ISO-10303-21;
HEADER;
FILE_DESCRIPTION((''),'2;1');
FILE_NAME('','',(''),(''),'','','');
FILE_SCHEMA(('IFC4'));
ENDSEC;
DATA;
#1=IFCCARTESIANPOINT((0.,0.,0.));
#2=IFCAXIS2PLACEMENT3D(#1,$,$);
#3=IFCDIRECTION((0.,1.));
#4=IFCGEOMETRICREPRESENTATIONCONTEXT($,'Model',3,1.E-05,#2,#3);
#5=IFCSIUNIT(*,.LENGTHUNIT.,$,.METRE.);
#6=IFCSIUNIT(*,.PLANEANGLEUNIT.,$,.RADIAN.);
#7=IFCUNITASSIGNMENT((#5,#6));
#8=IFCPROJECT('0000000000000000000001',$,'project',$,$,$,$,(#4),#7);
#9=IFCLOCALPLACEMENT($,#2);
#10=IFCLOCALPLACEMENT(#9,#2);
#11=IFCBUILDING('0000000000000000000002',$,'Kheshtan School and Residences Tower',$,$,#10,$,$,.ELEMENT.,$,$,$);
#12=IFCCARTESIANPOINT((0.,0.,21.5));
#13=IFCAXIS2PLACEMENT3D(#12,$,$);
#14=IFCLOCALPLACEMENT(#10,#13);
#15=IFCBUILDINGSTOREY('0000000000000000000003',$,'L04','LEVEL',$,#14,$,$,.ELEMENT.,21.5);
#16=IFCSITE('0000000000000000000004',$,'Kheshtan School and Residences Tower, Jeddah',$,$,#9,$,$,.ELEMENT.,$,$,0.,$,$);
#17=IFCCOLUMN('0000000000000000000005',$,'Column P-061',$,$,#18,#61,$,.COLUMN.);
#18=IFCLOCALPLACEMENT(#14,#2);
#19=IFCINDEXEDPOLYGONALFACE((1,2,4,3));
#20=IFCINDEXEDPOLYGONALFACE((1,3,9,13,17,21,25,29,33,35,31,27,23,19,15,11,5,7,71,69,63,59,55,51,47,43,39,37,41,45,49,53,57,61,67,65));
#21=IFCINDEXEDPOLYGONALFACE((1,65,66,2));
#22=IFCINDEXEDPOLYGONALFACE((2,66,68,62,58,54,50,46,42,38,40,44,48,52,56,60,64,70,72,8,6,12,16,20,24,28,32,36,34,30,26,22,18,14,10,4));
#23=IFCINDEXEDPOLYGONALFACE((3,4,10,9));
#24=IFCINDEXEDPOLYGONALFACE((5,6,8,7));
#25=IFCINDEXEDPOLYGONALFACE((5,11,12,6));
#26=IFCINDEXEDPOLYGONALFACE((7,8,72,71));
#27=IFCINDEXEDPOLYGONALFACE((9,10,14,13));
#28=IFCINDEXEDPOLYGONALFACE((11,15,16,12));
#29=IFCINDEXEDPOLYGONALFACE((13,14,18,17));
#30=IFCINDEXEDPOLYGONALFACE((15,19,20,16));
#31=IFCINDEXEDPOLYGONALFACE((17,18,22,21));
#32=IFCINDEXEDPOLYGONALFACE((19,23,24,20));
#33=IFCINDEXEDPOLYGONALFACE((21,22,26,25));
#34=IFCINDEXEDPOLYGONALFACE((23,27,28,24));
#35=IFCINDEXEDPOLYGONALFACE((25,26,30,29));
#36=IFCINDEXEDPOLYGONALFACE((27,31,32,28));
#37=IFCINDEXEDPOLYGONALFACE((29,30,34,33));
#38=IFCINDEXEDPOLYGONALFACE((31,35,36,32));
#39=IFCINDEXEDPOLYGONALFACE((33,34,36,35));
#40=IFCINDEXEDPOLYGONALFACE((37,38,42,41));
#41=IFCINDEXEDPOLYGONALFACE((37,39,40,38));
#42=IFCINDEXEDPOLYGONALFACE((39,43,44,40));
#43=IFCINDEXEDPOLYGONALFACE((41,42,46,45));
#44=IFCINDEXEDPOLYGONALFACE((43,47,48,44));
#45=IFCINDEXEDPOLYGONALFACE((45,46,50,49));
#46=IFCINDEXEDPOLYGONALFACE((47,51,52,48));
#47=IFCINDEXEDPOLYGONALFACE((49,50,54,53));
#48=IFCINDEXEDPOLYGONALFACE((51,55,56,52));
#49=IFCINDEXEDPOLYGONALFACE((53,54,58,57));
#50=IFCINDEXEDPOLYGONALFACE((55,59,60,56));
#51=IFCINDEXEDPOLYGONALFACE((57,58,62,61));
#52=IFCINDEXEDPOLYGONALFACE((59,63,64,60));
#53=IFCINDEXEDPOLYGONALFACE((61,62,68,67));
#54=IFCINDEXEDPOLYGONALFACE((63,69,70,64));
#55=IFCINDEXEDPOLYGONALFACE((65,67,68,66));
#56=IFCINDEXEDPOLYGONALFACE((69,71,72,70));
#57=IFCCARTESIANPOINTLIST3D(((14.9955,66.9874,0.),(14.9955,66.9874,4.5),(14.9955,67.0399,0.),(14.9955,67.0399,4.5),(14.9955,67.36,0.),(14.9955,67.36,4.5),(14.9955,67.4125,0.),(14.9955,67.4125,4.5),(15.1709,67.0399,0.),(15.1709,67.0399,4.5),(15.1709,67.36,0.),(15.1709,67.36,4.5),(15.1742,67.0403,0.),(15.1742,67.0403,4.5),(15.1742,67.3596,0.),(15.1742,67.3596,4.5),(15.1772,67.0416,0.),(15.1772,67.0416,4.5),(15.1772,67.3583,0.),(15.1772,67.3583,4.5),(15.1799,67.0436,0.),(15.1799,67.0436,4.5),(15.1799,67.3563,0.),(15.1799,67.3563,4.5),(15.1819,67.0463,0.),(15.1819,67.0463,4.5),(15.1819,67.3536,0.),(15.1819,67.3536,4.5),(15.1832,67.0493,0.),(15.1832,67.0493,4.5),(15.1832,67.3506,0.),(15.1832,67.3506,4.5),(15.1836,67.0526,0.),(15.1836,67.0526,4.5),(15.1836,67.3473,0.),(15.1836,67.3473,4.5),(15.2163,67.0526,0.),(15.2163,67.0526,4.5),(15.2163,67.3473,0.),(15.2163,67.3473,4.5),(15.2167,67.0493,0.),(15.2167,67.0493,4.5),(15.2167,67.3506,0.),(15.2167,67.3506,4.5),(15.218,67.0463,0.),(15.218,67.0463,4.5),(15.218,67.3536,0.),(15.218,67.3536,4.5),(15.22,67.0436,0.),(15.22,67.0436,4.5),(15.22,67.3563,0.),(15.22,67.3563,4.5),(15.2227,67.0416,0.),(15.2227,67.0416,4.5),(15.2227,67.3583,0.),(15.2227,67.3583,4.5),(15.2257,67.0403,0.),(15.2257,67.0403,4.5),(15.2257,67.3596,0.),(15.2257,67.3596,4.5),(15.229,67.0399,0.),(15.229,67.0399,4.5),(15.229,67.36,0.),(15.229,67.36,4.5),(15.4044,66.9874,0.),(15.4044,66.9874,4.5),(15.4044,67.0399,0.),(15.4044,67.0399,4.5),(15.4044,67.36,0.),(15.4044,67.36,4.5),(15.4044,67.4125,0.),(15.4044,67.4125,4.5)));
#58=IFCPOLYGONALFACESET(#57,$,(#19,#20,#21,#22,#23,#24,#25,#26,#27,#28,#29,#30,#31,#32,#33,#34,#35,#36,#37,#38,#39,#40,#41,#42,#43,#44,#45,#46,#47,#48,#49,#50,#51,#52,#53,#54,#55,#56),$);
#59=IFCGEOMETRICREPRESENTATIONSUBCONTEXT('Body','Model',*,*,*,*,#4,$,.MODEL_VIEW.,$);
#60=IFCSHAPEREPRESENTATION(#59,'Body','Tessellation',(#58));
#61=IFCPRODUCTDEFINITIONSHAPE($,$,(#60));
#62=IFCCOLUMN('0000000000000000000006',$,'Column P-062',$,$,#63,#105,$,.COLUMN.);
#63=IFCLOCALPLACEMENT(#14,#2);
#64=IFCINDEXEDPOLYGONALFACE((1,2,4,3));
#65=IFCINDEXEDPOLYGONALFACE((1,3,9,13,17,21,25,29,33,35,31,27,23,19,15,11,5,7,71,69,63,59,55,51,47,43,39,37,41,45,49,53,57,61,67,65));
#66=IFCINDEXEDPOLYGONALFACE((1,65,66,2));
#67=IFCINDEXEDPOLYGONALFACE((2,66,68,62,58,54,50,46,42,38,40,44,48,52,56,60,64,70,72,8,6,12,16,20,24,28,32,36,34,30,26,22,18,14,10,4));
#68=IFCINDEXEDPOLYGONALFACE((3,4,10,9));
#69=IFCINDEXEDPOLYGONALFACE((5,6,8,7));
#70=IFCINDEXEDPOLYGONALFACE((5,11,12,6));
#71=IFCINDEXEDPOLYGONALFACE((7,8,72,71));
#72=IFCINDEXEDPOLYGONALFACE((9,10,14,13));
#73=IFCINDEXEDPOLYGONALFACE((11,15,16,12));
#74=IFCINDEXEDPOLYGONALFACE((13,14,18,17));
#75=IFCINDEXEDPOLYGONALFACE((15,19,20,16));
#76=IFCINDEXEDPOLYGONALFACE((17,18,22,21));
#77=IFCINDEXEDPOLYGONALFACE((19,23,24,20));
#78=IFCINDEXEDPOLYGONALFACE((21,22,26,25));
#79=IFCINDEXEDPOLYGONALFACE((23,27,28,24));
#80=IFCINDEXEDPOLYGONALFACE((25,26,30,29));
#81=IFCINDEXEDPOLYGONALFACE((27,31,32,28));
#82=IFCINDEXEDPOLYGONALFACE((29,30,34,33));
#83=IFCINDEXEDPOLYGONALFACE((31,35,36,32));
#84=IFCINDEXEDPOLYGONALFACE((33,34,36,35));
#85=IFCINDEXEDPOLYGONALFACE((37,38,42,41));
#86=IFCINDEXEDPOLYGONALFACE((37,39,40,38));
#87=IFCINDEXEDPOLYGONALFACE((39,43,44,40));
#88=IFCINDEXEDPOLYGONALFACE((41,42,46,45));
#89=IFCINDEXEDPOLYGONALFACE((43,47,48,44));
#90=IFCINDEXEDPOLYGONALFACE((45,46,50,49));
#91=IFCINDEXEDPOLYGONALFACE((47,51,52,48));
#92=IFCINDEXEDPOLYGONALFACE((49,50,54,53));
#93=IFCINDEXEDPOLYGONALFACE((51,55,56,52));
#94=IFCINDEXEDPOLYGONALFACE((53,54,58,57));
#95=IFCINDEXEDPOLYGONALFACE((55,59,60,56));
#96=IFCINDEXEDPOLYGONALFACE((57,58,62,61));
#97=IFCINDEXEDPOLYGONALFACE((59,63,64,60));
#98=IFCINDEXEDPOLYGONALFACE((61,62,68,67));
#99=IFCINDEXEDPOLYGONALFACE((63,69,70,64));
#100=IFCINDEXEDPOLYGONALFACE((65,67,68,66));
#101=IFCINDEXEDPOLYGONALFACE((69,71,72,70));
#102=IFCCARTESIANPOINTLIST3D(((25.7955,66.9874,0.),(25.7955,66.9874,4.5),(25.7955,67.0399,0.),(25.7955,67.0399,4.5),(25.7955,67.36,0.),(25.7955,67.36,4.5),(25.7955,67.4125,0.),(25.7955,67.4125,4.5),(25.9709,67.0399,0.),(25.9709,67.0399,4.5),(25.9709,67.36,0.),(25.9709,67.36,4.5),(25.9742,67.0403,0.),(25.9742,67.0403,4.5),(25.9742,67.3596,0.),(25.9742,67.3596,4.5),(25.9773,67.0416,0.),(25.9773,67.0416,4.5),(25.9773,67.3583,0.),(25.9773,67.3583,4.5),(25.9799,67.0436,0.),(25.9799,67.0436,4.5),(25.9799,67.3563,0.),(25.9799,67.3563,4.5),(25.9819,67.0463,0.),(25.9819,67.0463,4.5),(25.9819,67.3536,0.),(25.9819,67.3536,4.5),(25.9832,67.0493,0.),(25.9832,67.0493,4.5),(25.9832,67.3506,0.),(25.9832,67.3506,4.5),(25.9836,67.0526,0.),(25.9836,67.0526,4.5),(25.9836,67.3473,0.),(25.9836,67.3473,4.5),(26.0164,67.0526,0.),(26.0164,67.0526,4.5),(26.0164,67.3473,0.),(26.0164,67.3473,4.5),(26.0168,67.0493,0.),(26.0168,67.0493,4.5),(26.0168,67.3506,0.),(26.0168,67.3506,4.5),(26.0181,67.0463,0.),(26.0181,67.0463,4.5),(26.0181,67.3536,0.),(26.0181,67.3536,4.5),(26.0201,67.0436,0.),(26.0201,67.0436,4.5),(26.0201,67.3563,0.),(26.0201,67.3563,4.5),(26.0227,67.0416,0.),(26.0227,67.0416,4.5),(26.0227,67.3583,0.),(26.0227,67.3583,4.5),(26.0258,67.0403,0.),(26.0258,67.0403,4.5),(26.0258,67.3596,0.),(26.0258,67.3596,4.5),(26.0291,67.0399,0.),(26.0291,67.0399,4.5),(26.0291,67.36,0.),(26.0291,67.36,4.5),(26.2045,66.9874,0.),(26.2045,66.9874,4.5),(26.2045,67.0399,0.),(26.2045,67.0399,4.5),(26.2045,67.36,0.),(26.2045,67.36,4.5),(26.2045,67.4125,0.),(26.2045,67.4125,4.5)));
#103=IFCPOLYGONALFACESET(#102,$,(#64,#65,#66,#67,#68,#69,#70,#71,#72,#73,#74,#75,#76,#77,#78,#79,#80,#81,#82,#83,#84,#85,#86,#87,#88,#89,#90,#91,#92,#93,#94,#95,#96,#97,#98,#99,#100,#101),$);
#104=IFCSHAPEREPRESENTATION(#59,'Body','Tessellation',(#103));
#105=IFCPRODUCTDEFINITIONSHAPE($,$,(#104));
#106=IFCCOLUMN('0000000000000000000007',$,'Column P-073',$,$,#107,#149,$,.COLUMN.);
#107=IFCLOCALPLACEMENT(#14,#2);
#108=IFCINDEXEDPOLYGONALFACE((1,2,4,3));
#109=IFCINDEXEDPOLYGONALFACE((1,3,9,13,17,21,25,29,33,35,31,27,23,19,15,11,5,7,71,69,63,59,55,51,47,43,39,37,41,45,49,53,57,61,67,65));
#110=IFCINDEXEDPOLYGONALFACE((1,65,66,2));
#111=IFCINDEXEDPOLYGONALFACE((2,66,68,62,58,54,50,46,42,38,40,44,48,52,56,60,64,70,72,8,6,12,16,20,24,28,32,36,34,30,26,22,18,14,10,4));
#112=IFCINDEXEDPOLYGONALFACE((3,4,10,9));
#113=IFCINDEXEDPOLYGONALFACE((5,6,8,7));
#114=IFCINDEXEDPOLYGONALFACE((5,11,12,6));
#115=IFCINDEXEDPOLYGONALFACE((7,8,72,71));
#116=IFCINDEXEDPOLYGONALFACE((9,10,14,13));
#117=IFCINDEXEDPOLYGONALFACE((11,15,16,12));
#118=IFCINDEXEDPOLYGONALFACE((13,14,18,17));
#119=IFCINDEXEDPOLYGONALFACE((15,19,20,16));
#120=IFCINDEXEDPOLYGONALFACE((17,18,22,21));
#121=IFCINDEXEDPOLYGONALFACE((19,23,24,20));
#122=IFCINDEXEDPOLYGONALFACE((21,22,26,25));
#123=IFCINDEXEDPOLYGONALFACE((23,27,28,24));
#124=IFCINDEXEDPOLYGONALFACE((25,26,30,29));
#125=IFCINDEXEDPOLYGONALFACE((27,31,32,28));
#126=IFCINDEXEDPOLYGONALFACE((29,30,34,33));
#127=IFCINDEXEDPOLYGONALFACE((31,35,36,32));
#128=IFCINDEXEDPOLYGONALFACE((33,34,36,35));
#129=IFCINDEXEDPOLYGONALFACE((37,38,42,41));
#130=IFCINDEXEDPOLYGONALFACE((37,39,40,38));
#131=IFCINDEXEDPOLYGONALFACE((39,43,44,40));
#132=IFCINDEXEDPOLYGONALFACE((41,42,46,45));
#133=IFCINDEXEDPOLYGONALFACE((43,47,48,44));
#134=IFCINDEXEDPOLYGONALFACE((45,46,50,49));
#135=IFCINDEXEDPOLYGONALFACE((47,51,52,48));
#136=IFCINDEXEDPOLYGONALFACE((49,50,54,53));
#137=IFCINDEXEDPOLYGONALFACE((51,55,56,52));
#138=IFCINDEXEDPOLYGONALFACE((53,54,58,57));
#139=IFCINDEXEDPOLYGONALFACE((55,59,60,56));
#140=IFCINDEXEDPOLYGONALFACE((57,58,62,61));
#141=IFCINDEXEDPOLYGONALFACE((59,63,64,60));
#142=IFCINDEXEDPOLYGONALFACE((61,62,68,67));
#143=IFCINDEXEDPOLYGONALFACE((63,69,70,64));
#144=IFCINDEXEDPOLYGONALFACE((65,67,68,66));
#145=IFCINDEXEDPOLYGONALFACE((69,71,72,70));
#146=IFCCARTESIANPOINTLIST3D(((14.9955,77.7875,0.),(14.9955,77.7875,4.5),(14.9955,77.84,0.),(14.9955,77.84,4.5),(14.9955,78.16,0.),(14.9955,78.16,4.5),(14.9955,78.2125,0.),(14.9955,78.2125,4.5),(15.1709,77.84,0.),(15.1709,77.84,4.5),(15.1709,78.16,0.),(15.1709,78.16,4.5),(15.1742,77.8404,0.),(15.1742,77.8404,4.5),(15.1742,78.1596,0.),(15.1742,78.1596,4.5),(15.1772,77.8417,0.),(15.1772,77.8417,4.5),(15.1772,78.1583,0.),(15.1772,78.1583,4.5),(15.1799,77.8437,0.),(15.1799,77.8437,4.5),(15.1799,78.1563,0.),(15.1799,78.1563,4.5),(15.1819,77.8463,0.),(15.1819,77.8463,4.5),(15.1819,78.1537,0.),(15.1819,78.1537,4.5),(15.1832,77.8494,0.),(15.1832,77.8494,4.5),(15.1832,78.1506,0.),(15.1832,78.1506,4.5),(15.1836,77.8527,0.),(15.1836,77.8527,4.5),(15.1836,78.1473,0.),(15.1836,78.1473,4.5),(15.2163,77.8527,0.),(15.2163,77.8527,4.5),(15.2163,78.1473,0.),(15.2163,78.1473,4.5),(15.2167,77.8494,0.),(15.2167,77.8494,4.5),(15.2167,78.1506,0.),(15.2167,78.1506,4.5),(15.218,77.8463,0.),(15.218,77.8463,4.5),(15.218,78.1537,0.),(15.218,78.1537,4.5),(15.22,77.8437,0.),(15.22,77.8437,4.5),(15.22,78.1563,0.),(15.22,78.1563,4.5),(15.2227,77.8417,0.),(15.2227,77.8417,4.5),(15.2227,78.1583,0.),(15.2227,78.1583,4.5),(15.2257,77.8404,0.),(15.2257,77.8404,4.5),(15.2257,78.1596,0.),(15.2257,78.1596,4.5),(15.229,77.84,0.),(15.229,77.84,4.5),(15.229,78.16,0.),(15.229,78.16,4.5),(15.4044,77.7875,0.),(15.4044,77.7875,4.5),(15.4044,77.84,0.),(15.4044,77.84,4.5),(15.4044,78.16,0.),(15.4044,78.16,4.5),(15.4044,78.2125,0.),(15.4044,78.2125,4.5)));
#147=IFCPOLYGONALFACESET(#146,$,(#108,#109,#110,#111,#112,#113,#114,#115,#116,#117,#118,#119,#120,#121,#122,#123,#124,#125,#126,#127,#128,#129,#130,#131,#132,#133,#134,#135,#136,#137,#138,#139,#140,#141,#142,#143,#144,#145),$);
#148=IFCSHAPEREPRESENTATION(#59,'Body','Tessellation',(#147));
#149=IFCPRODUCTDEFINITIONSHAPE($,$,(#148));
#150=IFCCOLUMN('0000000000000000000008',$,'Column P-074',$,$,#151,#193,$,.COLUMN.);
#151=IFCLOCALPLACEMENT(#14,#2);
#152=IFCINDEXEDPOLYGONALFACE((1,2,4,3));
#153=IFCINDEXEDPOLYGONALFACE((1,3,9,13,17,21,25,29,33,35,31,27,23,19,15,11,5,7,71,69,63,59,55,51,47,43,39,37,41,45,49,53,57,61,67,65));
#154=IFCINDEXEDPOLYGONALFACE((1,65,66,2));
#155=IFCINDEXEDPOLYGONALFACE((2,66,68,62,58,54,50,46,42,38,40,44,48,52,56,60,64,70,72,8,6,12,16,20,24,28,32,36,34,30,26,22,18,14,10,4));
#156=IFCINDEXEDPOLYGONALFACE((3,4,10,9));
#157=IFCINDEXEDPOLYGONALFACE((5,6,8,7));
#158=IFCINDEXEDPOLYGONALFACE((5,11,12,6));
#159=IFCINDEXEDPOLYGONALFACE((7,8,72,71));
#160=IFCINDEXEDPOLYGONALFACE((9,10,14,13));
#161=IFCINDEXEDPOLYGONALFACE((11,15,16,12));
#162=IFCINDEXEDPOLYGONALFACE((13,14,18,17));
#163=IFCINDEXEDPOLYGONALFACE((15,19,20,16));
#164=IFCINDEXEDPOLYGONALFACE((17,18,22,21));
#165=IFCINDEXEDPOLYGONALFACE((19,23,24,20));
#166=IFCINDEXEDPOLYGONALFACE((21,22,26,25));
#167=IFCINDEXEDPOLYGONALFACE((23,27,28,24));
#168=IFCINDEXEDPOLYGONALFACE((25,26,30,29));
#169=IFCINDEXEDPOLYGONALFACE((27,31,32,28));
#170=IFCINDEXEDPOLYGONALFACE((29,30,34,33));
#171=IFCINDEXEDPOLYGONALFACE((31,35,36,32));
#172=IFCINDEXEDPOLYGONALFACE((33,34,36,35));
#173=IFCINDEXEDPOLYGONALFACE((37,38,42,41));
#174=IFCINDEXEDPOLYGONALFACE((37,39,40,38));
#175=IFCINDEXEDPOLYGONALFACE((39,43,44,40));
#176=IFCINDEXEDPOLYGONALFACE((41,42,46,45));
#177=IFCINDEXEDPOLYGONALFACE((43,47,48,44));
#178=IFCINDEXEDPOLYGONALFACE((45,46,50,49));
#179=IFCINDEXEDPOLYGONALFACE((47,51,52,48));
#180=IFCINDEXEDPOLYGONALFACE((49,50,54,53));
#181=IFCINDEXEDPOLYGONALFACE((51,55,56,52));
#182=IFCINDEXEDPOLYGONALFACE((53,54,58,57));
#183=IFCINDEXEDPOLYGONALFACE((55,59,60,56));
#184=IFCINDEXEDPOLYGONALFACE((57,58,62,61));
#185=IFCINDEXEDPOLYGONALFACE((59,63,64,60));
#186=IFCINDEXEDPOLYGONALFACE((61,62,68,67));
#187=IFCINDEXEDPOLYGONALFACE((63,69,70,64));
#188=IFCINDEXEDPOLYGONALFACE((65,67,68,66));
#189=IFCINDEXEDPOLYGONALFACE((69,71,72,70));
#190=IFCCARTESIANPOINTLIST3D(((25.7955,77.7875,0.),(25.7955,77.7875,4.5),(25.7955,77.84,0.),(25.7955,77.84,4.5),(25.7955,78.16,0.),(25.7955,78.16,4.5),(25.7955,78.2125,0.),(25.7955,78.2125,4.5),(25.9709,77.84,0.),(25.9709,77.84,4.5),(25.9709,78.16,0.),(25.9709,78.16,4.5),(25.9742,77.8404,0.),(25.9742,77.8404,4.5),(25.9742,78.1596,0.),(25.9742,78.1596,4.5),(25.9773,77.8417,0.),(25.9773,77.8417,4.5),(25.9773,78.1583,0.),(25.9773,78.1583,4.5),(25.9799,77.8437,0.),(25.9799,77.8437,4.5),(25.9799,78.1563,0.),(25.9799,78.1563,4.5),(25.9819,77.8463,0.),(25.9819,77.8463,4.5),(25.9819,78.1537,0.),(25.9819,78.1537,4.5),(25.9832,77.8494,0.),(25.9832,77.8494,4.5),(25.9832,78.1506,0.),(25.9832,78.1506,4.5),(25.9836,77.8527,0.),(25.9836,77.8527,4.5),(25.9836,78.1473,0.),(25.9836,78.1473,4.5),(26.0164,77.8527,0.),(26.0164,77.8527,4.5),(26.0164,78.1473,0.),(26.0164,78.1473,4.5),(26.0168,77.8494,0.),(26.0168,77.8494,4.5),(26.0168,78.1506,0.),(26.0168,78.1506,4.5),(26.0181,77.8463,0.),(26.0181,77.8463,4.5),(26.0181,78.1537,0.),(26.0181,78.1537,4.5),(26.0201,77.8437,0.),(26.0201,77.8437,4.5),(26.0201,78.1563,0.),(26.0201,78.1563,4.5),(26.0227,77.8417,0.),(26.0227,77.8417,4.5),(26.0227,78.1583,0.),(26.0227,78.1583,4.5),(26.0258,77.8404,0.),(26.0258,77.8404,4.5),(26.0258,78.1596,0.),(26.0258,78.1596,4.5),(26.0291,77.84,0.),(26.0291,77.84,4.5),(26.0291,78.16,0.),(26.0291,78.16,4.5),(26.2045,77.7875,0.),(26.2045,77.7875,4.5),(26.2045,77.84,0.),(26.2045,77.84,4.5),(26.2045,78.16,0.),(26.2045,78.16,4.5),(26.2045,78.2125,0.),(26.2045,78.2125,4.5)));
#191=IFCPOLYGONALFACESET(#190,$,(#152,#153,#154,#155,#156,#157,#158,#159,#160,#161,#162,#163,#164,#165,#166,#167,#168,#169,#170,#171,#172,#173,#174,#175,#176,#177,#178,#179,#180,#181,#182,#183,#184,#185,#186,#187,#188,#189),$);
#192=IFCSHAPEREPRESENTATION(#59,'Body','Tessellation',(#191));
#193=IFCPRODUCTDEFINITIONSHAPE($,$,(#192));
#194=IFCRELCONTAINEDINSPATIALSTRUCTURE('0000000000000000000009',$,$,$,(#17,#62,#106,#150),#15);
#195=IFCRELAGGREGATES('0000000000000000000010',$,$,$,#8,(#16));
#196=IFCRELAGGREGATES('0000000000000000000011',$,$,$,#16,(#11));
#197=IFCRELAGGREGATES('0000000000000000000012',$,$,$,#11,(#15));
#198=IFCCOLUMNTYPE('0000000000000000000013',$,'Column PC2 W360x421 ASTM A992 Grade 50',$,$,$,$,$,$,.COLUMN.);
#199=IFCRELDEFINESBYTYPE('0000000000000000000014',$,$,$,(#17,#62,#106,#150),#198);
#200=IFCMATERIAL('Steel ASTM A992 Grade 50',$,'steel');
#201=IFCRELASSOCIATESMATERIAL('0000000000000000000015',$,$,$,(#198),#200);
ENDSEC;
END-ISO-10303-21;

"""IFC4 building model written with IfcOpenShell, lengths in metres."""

from ifc_helpers import new_model, si_unit, direction, frame, origin, origin_2d, place, context, subcontext, project, spatial, i_section, extrude, material, material_profile, profile_set, type_object, element, save


model = new_model("IFC4")

# Units and contexts
model_context = context("Model", 3, precision=1e-05, world=origin(), true_north=direction((0.0, 1.0)))
body_context = subcontext(model_context, "Body", "Model", "MODEL_VIEW")
ifc_project = project(units=[si_unit("LENGTHUNIT", "METRE"), si_unit("PLANEANGLEUNIT", "RADIAN")], contexts=[model_context])

# Site, building, storey
site_placement = place(None, origin())
site = spatial("IfcSite", under=ifc_project, at=site_placement, Name="Kheshtan School and Residences Tower, Jeddah", CompositionType="ELEMENT", RefElevation=0.0)
building_placement = place(site_placement, origin())
building = spatial("IfcBuilding", under=site, at=building_placement, Name="Kheshtan School and Residences Tower", CompositionType="ELEMENT")
storey_placement = place(building_placement, frame((0.0, 0.0, 21.5)))
storey = spatial("IfcBuildingStorey", under=building, at=storey_placement, Name="L04", Description="LEVEL", CompositionType="ELEMENT", Elevation=21.5)

# Columns
ifc_material_1 = material(Name="Steel ASTM A992 Grade 50", Category="steel")
ifc_material_profile_1 = material_profile(ifc_material_1, i_section(OverallWidth=0.4089, OverallDepth=0.425, WebThickness=0.0327, FlangeThickness=0.0525, FilletRadius=0.0127, at=origin_2d()), Name="W360x421")
ifc_profile_set_1 = profile_set([ifc_material_profile_1], Name="Steel ASTM A992 Grade 50")
column_type = type_object("IfcColumnType", Name="Column PC2 W360x421 ASTM A992 Grade 50", PredefinedType="COLUMN", material=ifc_profile_set_1)
for number, where, z_axis, x_axis, name in (
    (1, (15.2, 67.2, 0.0), (0.0, 0.0, 1.0), (1.0, 0.0, 0.0), "Column P-061"),
    (2, (26.0, 67.2, 0.0), (0.0, 0.0, 1.0), (1.0, 0.0, 0.0), "Column P-062"),
    (3, (15.2, 78.0, 0.0), (0.0, 0.0, 1.0), (1.0, 0.0, 0.0), "Column P-073"),
    (4, (26.0, 78.0, 0.0), (0.0, 0.0, 1.0), (1.0, 0.0, 0.0), "Column P-074"),
):
    element("IfcColumn", number, at=place(storey_placement, frame(where, z_axis=z_axis, x_axis=x_axis)), inside=storey, type_object=column_type, Name=name, PredefinedType="COLUMN", context=body_context, shape_type="SweptSolid", body=[
        extrude(i_section(OverallWidth=0.4089, OverallDepth=0.425, WebThickness=0.0327, FlangeThickness=0.0525, FilletRadius=0.0127, at=origin_2d()), origin(), (0.0, 0.0, 1.0), 4.5),
    ])

save(model, "model.ifc")
